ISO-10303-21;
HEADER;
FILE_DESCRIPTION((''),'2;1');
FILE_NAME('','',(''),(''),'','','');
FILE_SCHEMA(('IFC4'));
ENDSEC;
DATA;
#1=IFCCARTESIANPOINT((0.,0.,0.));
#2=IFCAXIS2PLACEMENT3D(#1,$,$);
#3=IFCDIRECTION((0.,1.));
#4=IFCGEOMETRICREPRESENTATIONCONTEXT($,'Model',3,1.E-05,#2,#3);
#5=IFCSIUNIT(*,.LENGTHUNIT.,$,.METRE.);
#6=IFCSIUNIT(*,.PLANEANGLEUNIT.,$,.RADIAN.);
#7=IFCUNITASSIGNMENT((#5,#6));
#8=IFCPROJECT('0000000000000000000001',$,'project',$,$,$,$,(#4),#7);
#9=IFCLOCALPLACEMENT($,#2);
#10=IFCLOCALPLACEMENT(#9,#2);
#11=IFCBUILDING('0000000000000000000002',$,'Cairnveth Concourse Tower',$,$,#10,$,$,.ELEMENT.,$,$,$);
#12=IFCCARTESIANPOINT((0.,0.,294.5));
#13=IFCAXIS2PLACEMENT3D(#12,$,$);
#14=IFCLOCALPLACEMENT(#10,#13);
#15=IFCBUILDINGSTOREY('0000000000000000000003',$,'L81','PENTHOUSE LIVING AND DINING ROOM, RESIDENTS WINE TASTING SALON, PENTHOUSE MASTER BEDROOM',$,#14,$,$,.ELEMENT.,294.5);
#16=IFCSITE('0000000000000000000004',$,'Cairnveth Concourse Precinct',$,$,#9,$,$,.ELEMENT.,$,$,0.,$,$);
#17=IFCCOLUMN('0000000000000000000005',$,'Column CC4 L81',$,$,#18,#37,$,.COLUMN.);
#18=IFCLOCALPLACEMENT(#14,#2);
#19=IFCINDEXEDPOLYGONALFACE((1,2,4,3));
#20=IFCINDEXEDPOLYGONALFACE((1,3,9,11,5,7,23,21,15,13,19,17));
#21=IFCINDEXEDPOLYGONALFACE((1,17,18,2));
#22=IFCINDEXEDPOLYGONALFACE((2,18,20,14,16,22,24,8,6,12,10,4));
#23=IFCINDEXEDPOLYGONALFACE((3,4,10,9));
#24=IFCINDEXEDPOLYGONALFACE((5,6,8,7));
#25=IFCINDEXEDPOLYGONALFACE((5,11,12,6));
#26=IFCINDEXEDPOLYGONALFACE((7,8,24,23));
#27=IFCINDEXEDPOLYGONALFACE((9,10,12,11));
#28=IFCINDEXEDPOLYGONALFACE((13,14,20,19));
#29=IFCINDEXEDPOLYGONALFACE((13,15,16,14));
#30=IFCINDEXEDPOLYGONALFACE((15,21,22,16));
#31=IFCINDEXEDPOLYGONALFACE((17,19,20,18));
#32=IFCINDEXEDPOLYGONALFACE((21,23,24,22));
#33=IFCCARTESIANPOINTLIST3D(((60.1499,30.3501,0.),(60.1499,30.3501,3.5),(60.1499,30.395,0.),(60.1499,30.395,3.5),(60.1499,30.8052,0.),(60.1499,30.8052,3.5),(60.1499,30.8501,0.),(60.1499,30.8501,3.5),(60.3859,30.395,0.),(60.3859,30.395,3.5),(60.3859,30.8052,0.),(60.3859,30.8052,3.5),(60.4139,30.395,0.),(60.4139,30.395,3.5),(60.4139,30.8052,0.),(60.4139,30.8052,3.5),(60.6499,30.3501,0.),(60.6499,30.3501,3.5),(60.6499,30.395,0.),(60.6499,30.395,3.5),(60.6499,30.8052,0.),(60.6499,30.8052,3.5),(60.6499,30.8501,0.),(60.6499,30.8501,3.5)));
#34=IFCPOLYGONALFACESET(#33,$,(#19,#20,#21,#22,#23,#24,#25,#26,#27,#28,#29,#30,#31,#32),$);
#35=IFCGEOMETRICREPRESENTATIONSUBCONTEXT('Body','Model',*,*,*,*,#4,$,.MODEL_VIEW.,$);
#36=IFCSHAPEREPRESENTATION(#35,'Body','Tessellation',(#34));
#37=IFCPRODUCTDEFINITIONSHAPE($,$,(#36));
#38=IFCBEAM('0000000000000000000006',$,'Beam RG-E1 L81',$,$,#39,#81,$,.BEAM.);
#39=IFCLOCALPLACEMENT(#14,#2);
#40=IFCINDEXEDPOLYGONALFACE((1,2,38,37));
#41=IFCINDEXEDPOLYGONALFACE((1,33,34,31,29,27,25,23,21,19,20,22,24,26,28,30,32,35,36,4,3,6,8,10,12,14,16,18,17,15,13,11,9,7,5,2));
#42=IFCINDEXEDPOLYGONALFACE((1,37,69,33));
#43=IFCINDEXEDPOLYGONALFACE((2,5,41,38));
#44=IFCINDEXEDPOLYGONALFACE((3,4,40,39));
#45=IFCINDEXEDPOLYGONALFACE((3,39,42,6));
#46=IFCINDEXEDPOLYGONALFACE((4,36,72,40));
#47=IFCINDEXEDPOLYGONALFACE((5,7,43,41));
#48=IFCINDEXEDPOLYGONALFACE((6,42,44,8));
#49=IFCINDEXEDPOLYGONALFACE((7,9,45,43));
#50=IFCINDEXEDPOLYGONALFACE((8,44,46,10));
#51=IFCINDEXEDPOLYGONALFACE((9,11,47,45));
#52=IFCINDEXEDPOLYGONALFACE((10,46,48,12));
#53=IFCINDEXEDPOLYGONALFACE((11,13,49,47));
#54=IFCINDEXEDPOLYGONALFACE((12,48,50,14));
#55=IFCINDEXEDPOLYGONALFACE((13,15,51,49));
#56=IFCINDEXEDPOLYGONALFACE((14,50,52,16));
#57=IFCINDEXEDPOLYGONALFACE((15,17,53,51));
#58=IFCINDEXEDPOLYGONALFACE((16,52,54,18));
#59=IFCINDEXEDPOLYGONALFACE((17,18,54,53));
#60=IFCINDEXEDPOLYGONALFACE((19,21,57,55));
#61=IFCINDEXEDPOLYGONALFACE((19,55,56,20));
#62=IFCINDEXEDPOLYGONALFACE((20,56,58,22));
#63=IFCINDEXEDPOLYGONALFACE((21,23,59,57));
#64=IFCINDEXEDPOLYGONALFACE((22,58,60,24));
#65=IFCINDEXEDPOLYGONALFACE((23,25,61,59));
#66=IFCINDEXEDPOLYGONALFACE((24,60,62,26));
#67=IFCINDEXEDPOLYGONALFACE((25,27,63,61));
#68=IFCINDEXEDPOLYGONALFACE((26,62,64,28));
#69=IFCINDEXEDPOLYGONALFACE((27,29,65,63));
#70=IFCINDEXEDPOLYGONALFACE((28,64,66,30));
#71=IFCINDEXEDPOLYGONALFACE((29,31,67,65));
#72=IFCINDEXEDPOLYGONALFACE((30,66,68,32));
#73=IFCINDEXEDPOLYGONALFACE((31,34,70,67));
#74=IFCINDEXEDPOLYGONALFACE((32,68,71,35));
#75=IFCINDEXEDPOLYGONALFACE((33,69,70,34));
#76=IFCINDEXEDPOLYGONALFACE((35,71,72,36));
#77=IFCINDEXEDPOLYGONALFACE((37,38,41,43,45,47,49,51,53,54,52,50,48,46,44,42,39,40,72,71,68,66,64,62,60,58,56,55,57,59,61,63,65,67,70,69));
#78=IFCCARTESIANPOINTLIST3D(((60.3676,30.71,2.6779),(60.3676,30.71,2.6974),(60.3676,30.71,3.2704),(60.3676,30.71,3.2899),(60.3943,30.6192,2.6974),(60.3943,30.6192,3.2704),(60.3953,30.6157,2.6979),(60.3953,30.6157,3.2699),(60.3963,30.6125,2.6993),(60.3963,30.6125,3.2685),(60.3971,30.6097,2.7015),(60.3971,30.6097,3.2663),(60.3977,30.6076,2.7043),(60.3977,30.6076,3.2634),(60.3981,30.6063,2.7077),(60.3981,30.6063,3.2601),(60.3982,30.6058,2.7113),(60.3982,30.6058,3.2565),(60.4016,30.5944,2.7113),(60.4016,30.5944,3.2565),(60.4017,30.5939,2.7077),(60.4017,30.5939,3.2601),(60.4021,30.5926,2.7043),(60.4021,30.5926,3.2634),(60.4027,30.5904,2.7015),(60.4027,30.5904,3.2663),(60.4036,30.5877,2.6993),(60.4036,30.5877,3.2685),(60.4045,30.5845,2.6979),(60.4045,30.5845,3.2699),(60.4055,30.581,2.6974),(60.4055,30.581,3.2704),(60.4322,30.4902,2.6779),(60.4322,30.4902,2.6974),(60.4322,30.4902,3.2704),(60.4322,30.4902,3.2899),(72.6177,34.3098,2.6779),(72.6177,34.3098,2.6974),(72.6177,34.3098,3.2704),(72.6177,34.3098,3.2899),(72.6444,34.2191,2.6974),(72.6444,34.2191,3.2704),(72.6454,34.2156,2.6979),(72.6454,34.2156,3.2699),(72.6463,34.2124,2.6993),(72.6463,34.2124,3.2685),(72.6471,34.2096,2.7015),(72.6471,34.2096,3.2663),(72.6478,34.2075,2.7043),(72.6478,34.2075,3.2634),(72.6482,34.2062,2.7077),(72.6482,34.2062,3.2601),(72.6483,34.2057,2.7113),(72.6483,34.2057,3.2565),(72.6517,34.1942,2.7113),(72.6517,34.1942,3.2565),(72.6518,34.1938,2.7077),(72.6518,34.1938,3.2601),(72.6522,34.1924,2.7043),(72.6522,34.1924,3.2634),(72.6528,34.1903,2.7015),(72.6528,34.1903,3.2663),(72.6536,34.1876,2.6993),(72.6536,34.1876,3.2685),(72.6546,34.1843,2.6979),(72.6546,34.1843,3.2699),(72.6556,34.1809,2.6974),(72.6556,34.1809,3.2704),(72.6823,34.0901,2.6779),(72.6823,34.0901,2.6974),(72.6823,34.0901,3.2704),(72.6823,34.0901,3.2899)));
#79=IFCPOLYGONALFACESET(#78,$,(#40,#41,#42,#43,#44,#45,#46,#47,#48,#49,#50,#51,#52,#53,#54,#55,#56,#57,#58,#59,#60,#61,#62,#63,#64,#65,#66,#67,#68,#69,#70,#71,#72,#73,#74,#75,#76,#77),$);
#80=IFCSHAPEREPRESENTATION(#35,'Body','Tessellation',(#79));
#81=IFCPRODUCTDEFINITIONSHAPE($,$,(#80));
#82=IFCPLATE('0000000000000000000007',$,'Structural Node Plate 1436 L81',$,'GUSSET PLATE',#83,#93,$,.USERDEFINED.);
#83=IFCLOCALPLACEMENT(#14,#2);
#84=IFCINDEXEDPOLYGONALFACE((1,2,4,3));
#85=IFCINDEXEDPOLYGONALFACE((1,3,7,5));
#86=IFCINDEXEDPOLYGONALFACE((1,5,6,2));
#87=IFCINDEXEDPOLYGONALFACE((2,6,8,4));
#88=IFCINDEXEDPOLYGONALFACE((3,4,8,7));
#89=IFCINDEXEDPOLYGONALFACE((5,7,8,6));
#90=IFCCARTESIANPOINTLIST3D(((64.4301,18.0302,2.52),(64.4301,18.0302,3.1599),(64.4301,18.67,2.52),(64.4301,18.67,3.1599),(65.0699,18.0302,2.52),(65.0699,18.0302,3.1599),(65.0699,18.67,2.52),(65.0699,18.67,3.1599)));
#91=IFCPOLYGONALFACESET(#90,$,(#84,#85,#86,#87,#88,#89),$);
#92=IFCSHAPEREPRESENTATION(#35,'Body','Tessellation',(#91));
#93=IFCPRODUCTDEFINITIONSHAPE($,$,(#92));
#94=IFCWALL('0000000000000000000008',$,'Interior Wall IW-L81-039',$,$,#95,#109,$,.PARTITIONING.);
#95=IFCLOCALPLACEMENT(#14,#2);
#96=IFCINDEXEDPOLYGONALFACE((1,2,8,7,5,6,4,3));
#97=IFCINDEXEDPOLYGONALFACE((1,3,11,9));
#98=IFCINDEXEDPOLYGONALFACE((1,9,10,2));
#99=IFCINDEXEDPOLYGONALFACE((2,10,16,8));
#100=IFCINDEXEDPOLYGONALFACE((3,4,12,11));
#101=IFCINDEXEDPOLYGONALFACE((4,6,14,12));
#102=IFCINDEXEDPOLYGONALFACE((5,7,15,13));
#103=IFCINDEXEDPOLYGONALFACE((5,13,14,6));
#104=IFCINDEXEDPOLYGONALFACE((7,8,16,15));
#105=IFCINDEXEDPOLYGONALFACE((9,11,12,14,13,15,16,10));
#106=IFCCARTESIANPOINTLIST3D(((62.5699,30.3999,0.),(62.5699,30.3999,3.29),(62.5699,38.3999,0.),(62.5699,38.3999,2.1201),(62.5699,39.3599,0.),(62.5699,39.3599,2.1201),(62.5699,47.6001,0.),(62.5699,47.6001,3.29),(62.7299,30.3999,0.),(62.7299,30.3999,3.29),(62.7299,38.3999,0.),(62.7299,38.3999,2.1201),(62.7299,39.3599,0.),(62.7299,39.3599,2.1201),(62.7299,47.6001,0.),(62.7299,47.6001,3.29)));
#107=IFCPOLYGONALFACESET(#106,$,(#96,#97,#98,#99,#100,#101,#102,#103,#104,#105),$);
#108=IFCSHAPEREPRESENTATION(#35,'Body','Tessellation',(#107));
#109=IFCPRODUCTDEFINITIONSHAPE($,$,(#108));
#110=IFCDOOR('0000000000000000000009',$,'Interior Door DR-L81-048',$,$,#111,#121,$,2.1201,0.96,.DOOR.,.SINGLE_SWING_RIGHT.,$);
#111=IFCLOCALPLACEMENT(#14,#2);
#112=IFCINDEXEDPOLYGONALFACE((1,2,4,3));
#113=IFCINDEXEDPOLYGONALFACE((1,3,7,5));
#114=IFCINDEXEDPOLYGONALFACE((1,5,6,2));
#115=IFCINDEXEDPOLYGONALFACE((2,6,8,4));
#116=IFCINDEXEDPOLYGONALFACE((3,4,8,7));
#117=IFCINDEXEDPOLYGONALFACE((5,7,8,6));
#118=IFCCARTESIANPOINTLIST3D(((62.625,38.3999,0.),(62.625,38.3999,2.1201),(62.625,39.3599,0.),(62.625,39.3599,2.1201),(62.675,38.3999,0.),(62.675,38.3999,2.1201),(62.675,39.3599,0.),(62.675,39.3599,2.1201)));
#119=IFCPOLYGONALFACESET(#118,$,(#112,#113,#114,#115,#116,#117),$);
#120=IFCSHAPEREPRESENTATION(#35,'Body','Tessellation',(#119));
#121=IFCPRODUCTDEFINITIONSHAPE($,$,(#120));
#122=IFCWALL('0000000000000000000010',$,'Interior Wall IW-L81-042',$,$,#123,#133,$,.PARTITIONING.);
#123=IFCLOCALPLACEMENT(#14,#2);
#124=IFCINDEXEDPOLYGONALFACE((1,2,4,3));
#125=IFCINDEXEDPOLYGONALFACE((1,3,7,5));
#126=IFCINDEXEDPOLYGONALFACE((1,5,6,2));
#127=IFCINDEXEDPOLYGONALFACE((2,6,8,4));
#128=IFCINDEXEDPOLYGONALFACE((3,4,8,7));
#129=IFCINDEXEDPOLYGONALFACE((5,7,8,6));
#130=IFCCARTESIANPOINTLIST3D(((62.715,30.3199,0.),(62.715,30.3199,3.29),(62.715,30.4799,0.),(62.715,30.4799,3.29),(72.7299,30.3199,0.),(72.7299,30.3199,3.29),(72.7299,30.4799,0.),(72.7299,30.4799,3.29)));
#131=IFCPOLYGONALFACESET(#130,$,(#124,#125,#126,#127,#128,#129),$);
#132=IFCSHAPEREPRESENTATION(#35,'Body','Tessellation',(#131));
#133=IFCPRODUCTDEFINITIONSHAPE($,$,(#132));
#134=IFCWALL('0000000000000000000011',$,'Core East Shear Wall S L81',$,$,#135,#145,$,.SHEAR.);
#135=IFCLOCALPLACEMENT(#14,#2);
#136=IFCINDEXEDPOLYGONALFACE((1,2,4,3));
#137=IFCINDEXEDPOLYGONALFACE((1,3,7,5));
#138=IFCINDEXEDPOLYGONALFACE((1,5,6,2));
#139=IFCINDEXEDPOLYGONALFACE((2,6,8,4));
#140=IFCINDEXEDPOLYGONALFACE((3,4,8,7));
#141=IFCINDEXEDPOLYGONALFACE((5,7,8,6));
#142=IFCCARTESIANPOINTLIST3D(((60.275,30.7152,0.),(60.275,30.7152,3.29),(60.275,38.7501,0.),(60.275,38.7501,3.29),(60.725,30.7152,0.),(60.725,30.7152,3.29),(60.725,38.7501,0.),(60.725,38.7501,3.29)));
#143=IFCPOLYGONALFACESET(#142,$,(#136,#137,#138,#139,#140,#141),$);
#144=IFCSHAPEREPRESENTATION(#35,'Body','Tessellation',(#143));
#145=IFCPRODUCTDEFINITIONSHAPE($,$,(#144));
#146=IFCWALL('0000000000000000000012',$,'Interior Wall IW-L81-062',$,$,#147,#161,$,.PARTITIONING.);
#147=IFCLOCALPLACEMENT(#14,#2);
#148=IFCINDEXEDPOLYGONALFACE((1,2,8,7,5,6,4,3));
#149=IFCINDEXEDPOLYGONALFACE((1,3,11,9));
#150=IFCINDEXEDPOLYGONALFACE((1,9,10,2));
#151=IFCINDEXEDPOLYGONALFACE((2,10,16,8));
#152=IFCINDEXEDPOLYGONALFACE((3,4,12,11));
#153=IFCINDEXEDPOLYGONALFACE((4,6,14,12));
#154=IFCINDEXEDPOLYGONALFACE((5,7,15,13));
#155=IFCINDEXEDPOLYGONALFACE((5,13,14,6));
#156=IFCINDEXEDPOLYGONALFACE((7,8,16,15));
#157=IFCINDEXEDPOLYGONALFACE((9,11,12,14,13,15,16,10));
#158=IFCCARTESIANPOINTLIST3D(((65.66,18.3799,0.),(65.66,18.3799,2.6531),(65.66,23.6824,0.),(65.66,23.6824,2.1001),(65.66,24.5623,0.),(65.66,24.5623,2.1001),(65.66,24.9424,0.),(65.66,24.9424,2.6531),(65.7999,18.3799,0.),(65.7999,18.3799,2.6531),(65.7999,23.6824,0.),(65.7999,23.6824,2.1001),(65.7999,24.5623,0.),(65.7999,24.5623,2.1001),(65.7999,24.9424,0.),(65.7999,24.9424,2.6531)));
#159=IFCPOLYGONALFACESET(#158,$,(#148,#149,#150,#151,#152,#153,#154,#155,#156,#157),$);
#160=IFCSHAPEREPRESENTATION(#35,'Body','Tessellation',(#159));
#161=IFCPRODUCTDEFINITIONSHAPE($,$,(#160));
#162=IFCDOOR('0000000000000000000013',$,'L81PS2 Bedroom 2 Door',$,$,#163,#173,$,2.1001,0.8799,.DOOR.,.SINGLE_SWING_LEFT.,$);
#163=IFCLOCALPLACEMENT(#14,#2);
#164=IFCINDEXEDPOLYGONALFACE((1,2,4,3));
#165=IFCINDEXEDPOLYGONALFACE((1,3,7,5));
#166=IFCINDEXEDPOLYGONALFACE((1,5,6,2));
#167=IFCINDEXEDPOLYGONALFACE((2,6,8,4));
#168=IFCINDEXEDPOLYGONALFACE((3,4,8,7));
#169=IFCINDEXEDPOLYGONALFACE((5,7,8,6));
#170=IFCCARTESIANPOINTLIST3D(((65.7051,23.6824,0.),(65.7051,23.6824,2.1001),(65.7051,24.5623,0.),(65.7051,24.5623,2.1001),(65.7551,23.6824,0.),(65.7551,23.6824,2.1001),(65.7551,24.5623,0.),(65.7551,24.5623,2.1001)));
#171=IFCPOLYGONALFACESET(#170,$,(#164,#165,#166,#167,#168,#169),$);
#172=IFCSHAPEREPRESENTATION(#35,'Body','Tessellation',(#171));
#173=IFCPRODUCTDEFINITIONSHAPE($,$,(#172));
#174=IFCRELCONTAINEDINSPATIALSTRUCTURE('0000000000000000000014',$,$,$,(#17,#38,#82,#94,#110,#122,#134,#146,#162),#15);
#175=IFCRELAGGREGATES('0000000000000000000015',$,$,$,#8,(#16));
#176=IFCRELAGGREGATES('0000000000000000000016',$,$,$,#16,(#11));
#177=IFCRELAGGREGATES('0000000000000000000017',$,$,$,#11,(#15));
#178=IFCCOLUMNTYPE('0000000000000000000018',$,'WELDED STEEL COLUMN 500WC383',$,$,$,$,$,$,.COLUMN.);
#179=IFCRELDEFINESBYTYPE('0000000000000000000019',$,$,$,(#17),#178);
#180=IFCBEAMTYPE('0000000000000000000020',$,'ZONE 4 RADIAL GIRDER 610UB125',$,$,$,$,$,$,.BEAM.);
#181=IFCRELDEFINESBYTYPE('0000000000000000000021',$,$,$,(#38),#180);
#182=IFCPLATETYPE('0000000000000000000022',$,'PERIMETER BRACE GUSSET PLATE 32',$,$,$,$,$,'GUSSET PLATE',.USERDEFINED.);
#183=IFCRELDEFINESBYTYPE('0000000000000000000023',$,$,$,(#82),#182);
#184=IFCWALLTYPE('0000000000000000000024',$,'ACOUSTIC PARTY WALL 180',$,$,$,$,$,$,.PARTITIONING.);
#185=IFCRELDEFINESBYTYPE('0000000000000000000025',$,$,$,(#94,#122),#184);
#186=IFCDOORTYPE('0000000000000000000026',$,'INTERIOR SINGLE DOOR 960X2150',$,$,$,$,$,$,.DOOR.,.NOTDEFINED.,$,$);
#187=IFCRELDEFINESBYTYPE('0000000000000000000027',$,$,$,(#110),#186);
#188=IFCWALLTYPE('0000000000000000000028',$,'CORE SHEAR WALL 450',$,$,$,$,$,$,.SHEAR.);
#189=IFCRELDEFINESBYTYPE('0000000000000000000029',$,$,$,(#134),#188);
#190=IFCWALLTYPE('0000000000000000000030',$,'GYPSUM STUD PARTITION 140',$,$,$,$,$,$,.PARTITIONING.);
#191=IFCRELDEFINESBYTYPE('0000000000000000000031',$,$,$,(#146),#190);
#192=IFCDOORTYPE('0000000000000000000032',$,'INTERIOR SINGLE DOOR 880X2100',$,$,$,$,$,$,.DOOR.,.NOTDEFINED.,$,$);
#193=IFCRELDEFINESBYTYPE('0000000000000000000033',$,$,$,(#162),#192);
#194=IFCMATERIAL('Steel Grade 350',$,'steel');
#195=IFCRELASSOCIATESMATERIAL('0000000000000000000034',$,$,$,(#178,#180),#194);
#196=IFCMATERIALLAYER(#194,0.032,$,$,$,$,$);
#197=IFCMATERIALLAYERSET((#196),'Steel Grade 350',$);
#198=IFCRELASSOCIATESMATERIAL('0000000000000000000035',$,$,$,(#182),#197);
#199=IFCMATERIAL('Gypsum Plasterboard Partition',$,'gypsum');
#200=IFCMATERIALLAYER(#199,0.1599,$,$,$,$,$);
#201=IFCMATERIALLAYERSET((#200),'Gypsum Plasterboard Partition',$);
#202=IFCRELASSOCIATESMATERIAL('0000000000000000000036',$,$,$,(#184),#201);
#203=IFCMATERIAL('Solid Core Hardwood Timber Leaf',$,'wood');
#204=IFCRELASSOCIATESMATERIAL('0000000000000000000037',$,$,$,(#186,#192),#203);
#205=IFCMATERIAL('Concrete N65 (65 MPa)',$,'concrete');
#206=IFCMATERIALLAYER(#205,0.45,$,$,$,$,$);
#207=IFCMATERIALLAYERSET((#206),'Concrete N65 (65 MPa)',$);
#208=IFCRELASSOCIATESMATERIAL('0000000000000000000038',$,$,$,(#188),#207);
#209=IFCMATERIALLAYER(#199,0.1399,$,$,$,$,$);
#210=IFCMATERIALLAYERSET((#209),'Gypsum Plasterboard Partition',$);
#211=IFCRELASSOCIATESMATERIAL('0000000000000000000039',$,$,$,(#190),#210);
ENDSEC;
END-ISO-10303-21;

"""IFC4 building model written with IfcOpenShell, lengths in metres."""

from ifc_helpers import new_model, si_unit, direction, frame, frame_2d, origin, origin_2d, place, context, subcontext, project, spatial, rectangle, i_section, extrude, material, layer, layer_set, material_profile, profile_set, type_object, element, fill, save


model = new_model("IFC4")

# Units and contexts
model_context = context("Model", 3, precision=1e-05, world=origin(), true_north=direction((0.0, 1.0)))
body_context = subcontext(model_context, "Body", "Model", "MODEL_VIEW")
ifc_project = project(units=[si_unit("LENGTHUNIT", "METRE"), si_unit("PLANEANGLEUNIT", "RADIAN")], contexts=[model_context])

# Site, building, storey
site_placement = place(None, origin())
site = spatial("IfcSite", under=ifc_project, at=site_placement, Name="Cairnveth Concourse Precinct", CompositionType="ELEMENT", RefElevation=0.0)
building_placement = place(site_placement, origin())
building = spatial("IfcBuilding", under=site, at=building_placement, Name="Cairnveth Concourse Tower", CompositionType="ELEMENT")
storey_placement = place(building_placement, frame((0.0, 0.0, 294.5)))
storey = spatial("IfcBuildingStorey", under=building, at=storey_placement, Name="L81", Description="PENTHOUSE LIVING AND DINING ROOM, RESIDENTS WINE TASTING SALON, PENTHOUSE MASTER BEDROOM", CompositionType="ELEMENT", Elevation=294.5)

# Column
ifc_material_1 = material(Name="Steel Grade 350", Category="steel")
ifc_material_profile_1 = material_profile(ifc_material_1, i_section(OverallWidth=0.5, OverallDepth=0.5, WebThickness=0.0281, FlangeThickness=0.0449, at=origin_2d()), Name="500WC383")
ifc_profile_set_1 = profile_set([ifc_material_profile_1], Name="Steel Grade 350")
column_type = type_object("IfcColumnType", Name="WELDED STEEL COLUMN 500WC383", PredefinedType="COLUMN", material=ifc_profile_set_1)
column_placement = place(storey_placement, frame((60.3999, 30.6001, 0.0), z_axis=(0.0, 0.0, 1.0), x_axis=(1.0, 0.0, 0.0)))
element("IfcColumn", 1, at=column_placement, inside=storey, type_object=column_type, Name="Column CC4 L81", PredefinedType="COLUMN", context=body_context, shape_type="SweptSolid", body=[
    extrude(i_section(OverallWidth=0.5, OverallDepth=0.5, WebThickness=0.0281, FlangeThickness=0.0449, at=origin_2d()), origin(), (0.0, 0.0, 1.0), 3.5),
])

# Beam
ifc_material_profile_2 = material_profile(ifc_material_1, i_section(OverallWidth=0.229, OverallDepth=0.6121, WebThickness=0.012, FlangeThickness=0.0195, FilletRadius=0.0139, at=origin_2d()), Name="610UB125")
ifc_profile_set_2 = profile_set([ifc_material_profile_2], Name="Steel Grade 350")
beam_type = type_object("IfcBeamType", Name="ZONE 4 RADIAL GIRDER 610UB125", PredefinedType="BEAM", material=ifc_profile_set_2)
beam_placement = place(storey_placement, frame((60.3999, 30.6001, 2.9839), z_axis=(0.959431, 0.281944, 0.0), x_axis=(-0.281944, 0.959431, 0.0)))
element("IfcBeam", 2, at=beam_placement, inside=storey, type_object=beam_type, Name="Beam RG-E1 L81", PredefinedType="BEAM", context=body_context, shape_type="SweptSolid", body=[
    extrude(i_section(OverallWidth=0.229, OverallDepth=0.6121, WebThickness=0.012, FlangeThickness=0.0195, FilletRadius=0.0139, at=origin_2d()), origin(), (0.0, 0.0, 1.0), 12.7681),
])

# Plate
ifc_layer_1 = layer(ifc_material_1, 0.032)
ifc_layer_set_1 = layer_set([ifc_layer_1], Name="Steel Grade 350")
plate_type = type_object("IfcPlateType", Name="PERIMETER BRACE GUSSET PLATE 32", ElementType="GUSSET PLATE", PredefinedType="USERDEFINED", material=ifc_layer_set_1)
plate_placement = place(storey_placement, frame((64.75, 18.3501, 2.52), z_axis=(0.0, 0.0, 1.0), x_axis=(1.0, 0.0, 0.0)))
element("IfcPlate", 3, at=plate_placement, inside=storey, type_object=plate_type, Name="Structural Node Plate 1436 L81", ObjectType="GUSSET PLATE", PredefinedType="USERDEFINED", context=body_context, shape_type="SweptSolid", body=[
    extrude(rectangle(XDim=0.6399, YDim=0.6399, at=origin_2d()), origin(), (0.0, 0.0, 1.0), 0.6399),
])

# Wall, opening, door
ifc_material_2 = material(Name="Gypsum Plasterboard Partition", Category="gypsum")
ifc_layer_2 = layer(ifc_material_2, 0.1599)
ifc_layer_set_2 = layer_set([ifc_layer_2], Name="Gypsum Plasterboard Partition")
wall_type_1 = type_object("IfcWallType", Name="ACOUSTIC PARTY WALL 180", PredefinedType="PARTITIONING", material=ifc_layer_set_2)
wall_1_placement = place(storey_placement, frame((62.6499, 30.3999, 0.0), z_axis=(0.0, 0.0, 1.0), x_axis=(0.0, 1.0, 0.0)))
wall_1 = element("IfcWall", 4, at=wall_1_placement, inside=storey, type_object=wall_type_1, Name="Interior Wall IW-L81-039", PredefinedType="PARTITIONING", context=body_context, shape_type="SweptSolid", body=[
    extrude(rectangle(XDim=17.2002, YDim=0.1599, at=frame_2d((8.6001, 0.0))), origin(), (0.0, 0.0, 1.0), 3.29),
])
opening_1_placement = place(wall_1_placement, frame((8.0, 0.0, 0.0)))
opening_1 = element("IfcOpeningElement", 5, at=opening_1_placement, cuts=wall_1, PredefinedType="OPENING", context=body_context, shape_type="SweptSolid", body=[
    extrude(rectangle(XDim=0.96, YDim=2.1201, at=frame_2d((0.48, 1.0601))), frame((0.0, 0.0898, 0.0), z_axis=(0.0, -1.0, 0.0), x_axis=(1.0, 0.0, 0.0)), (0.0, 0.0, 1.0), 0.1799),
])
ifc_material_3 = material(Name="Solid Core Hardwood Timber Leaf", Category="wood")
door_type_1 = type_object("IfcDoorType", Name="INTERIOR SINGLE DOOR 960X2150", OperationType="NOTDEFINED", PredefinedType="DOOR", material=ifc_material_3)
door_1_placement = place(opening_1_placement, origin())
door_1 = element("IfcDoor", 6, at=door_1_placement, inside=storey, type_object=door_type_1, Name="Interior Door DR-L81-048", OperationType="SINGLE_SWING_RIGHT", OverallHeight=2.1201, OverallWidth=0.96, PredefinedType="DOOR", context=body_context, shape_type="SweptSolid", body=[
    extrude(rectangle(XDim=0.96, YDim=2.1201, at=frame_2d((0.48, 1.0601))), frame((0.0, 0.0249, 0.0), z_axis=(0.0, -1.0, 0.0), x_axis=(1.0, 0.0, 0.0)), (0.0, 0.0, 1.0), 0.05),
])
fill(opening_1, door_1)

# Walls
wall_2_placement = place(storey_placement, frame((62.7151, 30.3999, 0.0), z_axis=(0.0, 0.0, 1.0), x_axis=(1.0, 0.0, 0.0)))
element("IfcWall", 7, at=wall_2_placement, inside=storey, type_object=wall_type_1, Name="Interior Wall IW-L81-042", PredefinedType="PARTITIONING", context=body_context, shape_type="SweptSolid", body=[
    extrude(rectangle(XDim=10.0149, YDim=0.1599, at=frame_2d((5.0073, 0.0))), origin(), (0.0, 0.0, 1.0), 3.29),
])
ifc_material_4 = material(Name="Concrete N65 (65 MPa)", Category="concrete")
ifc_layer_3 = layer(ifc_material_4, 0.45)
ifc_layer_set_3 = layer_set([ifc_layer_3], Name="Concrete N65 (65 MPa)")
wall_type_2 = type_object("IfcWallType", Name="CORE SHEAR WALL 450", PredefinedType="SHEAR", material=ifc_layer_set_3)
wall_3_placement = place(storey_placement, frame((60.5, 30.7151, 0.0), z_axis=(0.0, 0.0, 1.0), x_axis=(0.0, 1.0, 0.0)))
element("IfcWall", 8, at=wall_3_placement, inside=storey, type_object=wall_type_2, Name="Core East Shear Wall S L81", PredefinedType="SHEAR", context=body_context, shape_type="SweptSolid", body=[
    extrude(rectangle(XDim=8.0349, YDim=0.45, at=frame_2d((4.0176, 0.0))), origin(), (0.0, 0.0, 1.0), 3.29),
])

# Wall, opening, door
ifc_layer_4 = layer(ifc_material_2, 0.1399)
ifc_layer_set_4 = layer_set([ifc_layer_4], Name="Gypsum Plasterboard Partition")
wall_type_3 = type_object("IfcWallType", Name="GYPSUM STUD PARTITION 140", PredefinedType="PARTITIONING", material=ifc_layer_set_4)
wall_4_placement = place(storey_placement, frame((65.73, 18.3799, 0.0), z_axis=(0.0, 0.0, 1.0), x_axis=(0.0, 1.0, 0.0)))
wall_4 = element("IfcWall", 9, at=wall_4_placement, inside=storey, type_object=wall_type_3, Name="Interior Wall IW-L81-062", PredefinedType="PARTITIONING", context=body_context, shape_type="SweptSolid", body=[
    extrude(rectangle(XDim=6.5625, YDim=0.1399, at=frame_2d((3.2812, 0.0))), origin(), (0.0, 0.0, 1.0), 2.6531),
])
opening_2_placement = place(wall_4_placement, frame((5.3025, 0.0, 0.0)))
opening_2 = element("IfcOpeningElement", 10, at=opening_2_placement, cuts=wall_4, PredefinedType="OPENING", context=body_context, shape_type="SweptSolid", body=[
    extrude(rectangle(XDim=0.8799, YDim=2.1001, at=frame_2d((0.4399, 1.05))), frame((0.0, 0.0798, 0.0), z_axis=(0.0, -1.0, 0.0), x_axis=(1.0, 0.0, 0.0)), (0.0, 0.0, 1.0), 0.1599),
])
door_type_2 = type_object("IfcDoorType", Name="INTERIOR SINGLE DOOR 880X2100", OperationType="NOTDEFINED", PredefinedType="DOOR", material=ifc_material_3)
door_2_placement = place(opening_2_placement, origin())
door_2 = element("IfcDoor", 11, at=door_2_placement, inside=storey, type_object=door_type_2, Name="L81PS2 Bedroom 2 Door", OperationType="SINGLE_SWING_LEFT", OverallHeight=2.1001, OverallWidth=0.8799, PredefinedType="DOOR", context=body_context, shape_type="SweptSolid", body=[
    extrude(rectangle(XDim=0.8799, YDim=2.1001, at=frame_2d((0.4399, 1.05))), frame((0.0, 0.0249, 0.0), z_axis=(0.0, -1.0, 0.0), x_axis=(1.0, 0.0, 0.0)), (0.0, 0.0, 1.0), 0.05),
])
fill(opening_2, door_2)

save(model, "model.ifc")
